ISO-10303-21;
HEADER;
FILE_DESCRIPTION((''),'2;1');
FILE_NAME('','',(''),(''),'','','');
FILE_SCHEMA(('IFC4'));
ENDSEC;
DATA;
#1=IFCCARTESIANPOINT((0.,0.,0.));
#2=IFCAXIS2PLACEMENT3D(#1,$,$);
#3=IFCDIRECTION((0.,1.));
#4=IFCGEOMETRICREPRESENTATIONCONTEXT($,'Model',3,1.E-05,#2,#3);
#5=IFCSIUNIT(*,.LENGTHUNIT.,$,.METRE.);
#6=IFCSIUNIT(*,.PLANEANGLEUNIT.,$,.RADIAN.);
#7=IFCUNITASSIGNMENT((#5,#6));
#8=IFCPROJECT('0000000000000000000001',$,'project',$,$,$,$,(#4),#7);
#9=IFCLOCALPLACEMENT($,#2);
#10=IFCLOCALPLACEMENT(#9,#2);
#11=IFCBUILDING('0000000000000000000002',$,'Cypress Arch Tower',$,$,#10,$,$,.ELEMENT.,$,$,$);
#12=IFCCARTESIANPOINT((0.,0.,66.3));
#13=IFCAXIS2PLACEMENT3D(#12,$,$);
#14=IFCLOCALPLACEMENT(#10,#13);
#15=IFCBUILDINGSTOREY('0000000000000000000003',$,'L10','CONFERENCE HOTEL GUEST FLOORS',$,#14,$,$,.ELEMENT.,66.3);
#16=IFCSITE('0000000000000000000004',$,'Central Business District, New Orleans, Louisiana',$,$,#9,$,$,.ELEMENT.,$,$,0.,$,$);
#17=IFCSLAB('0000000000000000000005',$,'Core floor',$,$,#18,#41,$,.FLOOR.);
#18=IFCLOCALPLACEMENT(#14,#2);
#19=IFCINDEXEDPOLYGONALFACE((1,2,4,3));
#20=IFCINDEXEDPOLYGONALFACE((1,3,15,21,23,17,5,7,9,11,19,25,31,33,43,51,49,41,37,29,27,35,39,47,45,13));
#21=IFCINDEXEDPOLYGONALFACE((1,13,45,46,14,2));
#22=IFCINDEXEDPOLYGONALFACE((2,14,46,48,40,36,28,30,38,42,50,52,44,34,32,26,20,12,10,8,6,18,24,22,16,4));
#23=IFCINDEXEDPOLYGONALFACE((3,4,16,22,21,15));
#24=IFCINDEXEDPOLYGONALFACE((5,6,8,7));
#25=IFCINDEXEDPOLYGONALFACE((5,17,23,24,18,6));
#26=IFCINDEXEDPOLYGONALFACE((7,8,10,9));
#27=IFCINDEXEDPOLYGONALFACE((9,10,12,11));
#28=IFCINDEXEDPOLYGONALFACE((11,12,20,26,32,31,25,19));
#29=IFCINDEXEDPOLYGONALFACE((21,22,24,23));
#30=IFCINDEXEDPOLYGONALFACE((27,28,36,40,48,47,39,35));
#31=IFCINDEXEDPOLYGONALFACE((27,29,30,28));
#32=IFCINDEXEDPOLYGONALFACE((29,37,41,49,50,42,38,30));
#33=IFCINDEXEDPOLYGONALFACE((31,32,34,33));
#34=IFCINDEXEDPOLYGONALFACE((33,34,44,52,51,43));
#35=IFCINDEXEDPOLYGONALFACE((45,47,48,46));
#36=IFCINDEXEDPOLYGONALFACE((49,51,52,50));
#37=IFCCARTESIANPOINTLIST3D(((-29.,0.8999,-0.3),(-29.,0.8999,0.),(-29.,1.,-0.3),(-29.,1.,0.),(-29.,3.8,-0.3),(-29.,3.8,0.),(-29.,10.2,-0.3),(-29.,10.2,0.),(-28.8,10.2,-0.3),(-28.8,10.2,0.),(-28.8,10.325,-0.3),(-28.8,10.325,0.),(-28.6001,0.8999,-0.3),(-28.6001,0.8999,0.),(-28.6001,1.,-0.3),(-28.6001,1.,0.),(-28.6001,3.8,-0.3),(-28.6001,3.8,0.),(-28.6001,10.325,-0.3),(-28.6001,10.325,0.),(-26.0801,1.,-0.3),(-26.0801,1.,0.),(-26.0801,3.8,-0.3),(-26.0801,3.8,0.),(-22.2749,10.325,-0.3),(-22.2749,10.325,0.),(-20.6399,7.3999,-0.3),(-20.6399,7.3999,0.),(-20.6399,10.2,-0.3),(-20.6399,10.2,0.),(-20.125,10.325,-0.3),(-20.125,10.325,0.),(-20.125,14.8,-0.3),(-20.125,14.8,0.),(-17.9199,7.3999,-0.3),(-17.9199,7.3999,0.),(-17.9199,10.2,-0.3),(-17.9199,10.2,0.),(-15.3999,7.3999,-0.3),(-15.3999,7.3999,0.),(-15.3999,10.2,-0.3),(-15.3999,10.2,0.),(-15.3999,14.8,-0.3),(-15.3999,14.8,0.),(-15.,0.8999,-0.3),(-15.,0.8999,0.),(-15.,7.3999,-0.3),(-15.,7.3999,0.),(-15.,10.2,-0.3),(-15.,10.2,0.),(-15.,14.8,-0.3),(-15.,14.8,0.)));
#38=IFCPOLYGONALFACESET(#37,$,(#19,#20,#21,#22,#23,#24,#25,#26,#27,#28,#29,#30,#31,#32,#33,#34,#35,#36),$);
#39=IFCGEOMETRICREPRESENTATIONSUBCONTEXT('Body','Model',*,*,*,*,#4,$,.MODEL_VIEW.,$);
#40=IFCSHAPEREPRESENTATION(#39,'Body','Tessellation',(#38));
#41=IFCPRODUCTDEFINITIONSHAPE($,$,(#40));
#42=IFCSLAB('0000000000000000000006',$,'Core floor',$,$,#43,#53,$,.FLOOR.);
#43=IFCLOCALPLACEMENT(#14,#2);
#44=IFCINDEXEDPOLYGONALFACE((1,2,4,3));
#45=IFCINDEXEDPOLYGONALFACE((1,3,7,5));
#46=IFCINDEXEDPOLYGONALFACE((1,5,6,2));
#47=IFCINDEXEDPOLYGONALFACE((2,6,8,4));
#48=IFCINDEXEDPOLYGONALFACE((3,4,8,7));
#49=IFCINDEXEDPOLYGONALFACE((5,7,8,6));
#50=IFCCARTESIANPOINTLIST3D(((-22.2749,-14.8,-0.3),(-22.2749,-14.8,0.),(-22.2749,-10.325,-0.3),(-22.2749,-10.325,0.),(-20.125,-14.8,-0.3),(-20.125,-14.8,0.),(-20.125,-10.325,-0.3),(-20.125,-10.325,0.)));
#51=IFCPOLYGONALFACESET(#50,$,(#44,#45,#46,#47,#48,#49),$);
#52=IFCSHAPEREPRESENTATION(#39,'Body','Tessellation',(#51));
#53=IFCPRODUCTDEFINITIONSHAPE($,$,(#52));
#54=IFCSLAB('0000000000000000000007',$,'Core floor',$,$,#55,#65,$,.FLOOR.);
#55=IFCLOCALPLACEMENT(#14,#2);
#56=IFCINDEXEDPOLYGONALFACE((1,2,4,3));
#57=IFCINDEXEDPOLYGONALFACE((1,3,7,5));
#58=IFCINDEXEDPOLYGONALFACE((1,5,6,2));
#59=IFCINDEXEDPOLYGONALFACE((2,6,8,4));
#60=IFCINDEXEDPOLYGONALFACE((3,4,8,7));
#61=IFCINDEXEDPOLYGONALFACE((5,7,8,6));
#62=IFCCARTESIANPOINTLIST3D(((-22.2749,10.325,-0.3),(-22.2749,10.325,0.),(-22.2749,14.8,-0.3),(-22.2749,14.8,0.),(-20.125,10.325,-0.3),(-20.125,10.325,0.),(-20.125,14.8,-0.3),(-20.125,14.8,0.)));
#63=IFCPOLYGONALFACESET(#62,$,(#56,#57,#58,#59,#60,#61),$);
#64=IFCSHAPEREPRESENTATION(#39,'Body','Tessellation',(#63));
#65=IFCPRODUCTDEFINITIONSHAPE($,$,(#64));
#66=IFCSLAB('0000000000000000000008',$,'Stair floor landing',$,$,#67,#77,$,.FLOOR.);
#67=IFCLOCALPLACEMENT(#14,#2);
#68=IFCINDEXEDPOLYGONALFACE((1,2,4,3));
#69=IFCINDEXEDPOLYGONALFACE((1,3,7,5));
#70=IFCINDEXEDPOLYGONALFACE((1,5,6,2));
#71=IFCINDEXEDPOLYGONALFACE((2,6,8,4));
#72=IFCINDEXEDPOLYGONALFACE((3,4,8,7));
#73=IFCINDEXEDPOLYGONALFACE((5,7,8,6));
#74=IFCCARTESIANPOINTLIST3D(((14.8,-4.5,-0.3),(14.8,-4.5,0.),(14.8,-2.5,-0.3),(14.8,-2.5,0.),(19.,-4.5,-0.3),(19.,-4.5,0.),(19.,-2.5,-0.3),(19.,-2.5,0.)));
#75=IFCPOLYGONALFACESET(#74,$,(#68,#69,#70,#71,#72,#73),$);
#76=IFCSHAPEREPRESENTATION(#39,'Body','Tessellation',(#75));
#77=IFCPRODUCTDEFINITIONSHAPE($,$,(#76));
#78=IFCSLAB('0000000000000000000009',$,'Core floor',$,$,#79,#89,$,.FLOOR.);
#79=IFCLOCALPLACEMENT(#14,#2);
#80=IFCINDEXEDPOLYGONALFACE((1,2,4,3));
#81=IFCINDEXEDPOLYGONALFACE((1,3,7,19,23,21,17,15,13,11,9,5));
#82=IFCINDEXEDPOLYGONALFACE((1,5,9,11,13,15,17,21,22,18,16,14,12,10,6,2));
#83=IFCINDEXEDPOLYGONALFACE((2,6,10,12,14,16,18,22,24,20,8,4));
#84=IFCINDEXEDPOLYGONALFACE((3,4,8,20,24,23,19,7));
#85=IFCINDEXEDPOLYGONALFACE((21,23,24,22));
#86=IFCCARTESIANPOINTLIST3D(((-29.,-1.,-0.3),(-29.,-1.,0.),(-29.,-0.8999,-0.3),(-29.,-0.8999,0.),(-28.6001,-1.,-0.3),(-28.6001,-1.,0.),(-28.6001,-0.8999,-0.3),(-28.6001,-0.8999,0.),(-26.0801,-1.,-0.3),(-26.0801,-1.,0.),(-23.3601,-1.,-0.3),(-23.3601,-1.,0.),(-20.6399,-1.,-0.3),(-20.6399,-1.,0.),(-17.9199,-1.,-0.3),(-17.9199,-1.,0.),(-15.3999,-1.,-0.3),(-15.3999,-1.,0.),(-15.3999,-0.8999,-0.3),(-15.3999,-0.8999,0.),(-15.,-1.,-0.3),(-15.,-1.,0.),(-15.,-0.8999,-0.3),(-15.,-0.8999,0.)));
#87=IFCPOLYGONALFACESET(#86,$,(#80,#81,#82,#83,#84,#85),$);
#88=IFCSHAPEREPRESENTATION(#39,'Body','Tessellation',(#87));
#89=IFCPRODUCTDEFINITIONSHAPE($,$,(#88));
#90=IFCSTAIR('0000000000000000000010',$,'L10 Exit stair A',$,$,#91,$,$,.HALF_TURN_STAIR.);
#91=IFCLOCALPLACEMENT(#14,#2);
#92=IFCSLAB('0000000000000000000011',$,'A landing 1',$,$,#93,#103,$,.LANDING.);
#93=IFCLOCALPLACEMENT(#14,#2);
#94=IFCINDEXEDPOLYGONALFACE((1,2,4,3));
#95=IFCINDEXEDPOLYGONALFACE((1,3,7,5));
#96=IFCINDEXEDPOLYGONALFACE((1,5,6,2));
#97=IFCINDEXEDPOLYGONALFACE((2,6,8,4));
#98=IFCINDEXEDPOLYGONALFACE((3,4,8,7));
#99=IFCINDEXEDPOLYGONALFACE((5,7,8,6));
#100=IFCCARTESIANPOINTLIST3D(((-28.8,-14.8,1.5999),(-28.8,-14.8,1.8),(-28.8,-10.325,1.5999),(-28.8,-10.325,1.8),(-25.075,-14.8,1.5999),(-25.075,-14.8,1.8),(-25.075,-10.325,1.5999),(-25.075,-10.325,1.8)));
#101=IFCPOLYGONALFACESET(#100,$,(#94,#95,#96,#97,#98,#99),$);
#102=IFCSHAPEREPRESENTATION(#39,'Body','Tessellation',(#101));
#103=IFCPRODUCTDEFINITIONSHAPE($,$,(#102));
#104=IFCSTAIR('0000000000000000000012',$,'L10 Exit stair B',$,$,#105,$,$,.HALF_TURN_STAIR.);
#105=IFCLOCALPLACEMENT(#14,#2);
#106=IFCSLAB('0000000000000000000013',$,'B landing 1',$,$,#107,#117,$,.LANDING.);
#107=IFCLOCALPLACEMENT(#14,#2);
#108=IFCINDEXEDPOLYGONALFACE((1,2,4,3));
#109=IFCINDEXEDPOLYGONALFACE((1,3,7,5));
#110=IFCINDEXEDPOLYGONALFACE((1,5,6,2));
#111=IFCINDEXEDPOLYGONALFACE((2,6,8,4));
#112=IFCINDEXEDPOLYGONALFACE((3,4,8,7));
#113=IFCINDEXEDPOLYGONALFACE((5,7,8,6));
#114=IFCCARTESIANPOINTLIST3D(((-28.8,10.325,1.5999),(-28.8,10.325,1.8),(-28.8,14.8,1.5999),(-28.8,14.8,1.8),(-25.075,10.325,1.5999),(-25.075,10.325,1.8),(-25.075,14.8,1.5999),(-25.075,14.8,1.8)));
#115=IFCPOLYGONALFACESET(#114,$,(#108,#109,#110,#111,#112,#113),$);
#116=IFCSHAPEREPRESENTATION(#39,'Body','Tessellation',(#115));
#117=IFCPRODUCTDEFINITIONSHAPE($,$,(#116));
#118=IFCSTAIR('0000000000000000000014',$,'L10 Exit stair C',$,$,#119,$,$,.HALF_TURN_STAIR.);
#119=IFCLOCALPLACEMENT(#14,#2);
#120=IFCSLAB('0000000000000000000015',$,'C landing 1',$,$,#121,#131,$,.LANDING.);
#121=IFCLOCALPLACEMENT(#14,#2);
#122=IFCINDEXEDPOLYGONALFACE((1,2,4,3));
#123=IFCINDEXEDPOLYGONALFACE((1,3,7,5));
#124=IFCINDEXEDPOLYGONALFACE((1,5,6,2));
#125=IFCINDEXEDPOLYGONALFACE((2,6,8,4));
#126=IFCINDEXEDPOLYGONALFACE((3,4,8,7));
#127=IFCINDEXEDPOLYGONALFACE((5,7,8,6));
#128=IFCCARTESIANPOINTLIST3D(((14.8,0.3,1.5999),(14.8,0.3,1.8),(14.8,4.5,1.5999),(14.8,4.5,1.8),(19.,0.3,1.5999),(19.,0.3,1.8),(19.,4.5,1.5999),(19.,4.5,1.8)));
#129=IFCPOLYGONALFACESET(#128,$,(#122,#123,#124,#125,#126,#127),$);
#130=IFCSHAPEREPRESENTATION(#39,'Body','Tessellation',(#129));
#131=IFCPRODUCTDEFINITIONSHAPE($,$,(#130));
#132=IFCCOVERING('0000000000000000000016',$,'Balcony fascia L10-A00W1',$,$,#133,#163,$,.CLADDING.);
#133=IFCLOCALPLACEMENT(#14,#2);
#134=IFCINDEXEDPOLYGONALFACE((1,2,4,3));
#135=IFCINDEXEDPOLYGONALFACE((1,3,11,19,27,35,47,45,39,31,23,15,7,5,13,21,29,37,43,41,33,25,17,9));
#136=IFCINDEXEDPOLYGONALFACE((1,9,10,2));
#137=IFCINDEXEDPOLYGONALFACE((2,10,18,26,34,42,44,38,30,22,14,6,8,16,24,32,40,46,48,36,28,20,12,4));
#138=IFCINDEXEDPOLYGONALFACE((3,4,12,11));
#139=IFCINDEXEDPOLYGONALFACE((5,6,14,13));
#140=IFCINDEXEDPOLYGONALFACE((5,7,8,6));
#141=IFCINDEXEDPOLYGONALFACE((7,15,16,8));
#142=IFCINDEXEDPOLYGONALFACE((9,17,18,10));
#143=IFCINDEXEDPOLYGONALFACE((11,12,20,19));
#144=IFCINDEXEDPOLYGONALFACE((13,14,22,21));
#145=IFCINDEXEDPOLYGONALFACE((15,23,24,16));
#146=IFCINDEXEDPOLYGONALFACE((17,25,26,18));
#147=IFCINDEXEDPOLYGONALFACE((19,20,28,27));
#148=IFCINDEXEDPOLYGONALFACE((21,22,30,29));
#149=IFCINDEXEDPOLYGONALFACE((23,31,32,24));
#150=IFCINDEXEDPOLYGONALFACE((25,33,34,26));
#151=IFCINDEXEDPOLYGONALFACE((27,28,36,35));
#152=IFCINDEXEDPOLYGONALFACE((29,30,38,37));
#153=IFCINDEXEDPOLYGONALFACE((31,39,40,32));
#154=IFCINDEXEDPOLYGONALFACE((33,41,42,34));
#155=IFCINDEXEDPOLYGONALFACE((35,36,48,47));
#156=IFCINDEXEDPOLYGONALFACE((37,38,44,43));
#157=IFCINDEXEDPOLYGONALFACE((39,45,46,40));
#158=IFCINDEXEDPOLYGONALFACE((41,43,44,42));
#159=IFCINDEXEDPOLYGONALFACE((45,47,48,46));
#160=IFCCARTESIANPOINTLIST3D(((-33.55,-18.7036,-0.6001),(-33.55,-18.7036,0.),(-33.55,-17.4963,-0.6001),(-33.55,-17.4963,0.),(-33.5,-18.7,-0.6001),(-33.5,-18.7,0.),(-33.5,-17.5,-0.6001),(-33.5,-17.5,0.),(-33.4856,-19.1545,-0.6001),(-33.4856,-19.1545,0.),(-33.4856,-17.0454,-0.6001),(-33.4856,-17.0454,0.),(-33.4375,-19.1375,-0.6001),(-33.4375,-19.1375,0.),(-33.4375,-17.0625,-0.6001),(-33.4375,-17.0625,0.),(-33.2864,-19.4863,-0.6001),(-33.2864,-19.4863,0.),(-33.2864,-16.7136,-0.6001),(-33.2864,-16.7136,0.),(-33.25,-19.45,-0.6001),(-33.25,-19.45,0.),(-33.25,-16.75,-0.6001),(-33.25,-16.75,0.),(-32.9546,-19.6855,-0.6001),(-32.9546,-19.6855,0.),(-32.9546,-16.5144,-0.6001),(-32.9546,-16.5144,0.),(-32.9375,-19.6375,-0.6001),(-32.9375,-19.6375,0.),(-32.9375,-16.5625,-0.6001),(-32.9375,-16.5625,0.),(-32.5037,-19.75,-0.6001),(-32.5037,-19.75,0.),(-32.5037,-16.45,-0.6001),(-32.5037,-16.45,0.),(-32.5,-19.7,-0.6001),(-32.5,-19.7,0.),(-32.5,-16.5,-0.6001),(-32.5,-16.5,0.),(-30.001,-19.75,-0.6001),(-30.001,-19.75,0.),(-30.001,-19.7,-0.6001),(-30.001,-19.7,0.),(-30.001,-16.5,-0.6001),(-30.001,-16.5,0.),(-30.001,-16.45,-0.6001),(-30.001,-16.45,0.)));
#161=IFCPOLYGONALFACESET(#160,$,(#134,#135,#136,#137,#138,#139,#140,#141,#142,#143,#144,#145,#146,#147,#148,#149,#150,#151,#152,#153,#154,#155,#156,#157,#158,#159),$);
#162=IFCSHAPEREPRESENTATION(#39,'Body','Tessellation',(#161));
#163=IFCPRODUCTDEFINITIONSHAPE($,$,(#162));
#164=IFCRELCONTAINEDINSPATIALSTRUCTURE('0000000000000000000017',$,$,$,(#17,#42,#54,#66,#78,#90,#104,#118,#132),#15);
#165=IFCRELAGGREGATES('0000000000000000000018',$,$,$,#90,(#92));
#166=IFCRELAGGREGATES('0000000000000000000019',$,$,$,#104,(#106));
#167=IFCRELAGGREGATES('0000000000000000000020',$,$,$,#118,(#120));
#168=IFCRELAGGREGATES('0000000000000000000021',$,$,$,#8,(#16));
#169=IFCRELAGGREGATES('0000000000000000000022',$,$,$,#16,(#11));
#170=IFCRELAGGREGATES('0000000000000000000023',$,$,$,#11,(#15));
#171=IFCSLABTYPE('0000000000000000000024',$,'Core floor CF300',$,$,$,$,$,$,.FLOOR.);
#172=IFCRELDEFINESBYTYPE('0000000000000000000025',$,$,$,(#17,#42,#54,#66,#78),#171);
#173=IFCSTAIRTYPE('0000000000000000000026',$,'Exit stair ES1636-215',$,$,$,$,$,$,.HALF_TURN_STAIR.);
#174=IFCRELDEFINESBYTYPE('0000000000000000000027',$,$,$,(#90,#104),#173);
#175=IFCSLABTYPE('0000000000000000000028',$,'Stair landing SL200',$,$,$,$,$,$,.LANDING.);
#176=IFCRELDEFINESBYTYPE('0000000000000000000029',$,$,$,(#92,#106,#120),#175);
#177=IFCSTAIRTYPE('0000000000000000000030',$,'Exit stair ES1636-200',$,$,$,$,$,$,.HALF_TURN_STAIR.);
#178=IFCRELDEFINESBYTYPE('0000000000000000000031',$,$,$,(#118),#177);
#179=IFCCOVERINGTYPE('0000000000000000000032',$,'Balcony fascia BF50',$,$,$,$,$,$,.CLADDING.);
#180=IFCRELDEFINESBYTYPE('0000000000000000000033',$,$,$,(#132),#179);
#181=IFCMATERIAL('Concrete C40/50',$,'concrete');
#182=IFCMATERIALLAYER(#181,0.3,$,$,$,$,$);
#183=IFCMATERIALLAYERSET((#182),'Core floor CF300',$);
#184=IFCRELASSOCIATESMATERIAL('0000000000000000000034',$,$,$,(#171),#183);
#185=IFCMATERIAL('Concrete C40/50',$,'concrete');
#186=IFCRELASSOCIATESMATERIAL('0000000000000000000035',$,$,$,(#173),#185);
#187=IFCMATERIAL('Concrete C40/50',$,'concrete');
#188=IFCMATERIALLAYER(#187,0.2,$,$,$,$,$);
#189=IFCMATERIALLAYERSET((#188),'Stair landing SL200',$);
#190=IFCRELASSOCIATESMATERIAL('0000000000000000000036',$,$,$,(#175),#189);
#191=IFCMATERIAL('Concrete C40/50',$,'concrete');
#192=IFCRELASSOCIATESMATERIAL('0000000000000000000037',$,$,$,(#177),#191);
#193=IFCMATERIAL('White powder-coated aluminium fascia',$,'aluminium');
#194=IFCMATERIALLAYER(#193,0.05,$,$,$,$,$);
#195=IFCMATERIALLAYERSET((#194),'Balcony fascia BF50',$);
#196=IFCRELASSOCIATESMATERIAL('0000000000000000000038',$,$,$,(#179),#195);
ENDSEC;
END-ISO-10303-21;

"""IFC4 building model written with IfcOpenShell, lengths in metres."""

from ifc_helpers import new_model, si_unit, direction, frame, origin, place, context, subcontext, project, spatial, polyline, outline, extrude, material, layer, layer_set, type_object, element, aggregate, save


model = new_model("IFC4")

# Units and contexts
model_context = context("Model", 3, precision=1e-05, world=origin(), true_north=direction((0.0, 1.0)))
body_context = subcontext(model_context, "Body", "Model", "MODEL_VIEW")
ifc_project = project(units=[si_unit("LENGTHUNIT", "METRE"), si_unit("PLANEANGLEUNIT", "RADIAN")], contexts=[model_context])

# Site, building, storey
site_placement = place(None, origin())
site = spatial("IfcSite", under=ifc_project, at=site_placement, Name="Central Business District, New Orleans, Louisiana", CompositionType="ELEMENT", RefElevation=0.0)
building_placement = place(site_placement, origin())
building = spatial("IfcBuilding", under=site, at=building_placement, Name="Cypress Arch Tower", CompositionType="ELEMENT")
storey_placement = place(building_placement, frame((0.0, 0.0, 66.3)))
storey = spatial("IfcBuildingStorey", under=building, at=storey_placement, Name="L10", Description="CONFERENCE HOTEL GUEST FLOORS", CompositionType="ELEMENT", Elevation=66.3)

# Slabs
ifc_material_1 = material(Name="Concrete C40/50", Category="concrete")
ifc_layer_1 = layer(ifc_material_1, 0.3)
ifc_layer_set_1 = layer_set([ifc_layer_1], Name="Core floor CF300")
slab_type_1 = type_object("IfcSlabType", Name="Core floor CF300", PredefinedType="FLOOR", material=ifc_layer_set_1)
slab_1_placement = place(storey_placement, frame((0.0, 0.0, -0.3)))
element("IfcSlab", 1, at=slab_1_placement, inside=storey, type_object=slab_type_1, Name="Core floor", PredefinedType="FLOOR", context=body_context, shape_type="SweptSolid", body=[
    extrude(outline(polyline([(-29.0, 3.8), (-29.0, 10.2), (-28.8, 10.2), (-28.8, 10.325), (-28.6001, 10.325), (-22.2749, 10.325), (-20.125, 10.325), (-20.125, 14.8), (-15.3999, 14.8), (-15.0, 14.8), (-15.0, 10.2), (-15.3999, 10.2), (-17.9199, 10.2), (-20.6399, 10.2), (-20.6399, 7.3999), (-17.9199, 7.3999), (-15.3999, 7.3999), (-15.0, 7.3999), (-15.0, 0.8999), (-28.6001, 0.8999), (-29.0, 0.8999), (-29.0, 1.0), (-28.6001, 1.0), (-26.0801, 1.0), (-26.0801, 3.8), (-28.6001, 3.8), (-29.0, 3.8)])), origin(), (0.0, 0.0, 1.0), 0.3),
])
slab_2_placement = place(storey_placement, frame((0.0, 0.0, -0.3)))
element("IfcSlab", 2, at=slab_2_placement, inside=storey, type_object=slab_type_1, Name="Core floor", PredefinedType="FLOOR", context=body_context, shape_type="SweptSolid", body=[
    extrude(outline(polyline([(-22.2749, -10.325), (-22.2749, -14.8), (-20.125, -14.8), (-20.125, -10.325), (-22.2749, -10.325)])), origin(), (0.0, 0.0, 1.0), 0.3),
])
slab_3_placement = place(storey_placement, frame((0.0, 0.0, -0.3)))
element("IfcSlab", 3, at=slab_3_placement, inside=storey, type_object=slab_type_1, Name="Core floor", PredefinedType="FLOOR", context=body_context, shape_type="SweptSolid", body=[
    extrude(outline(polyline([(-20.125, 14.8), (-22.2749, 14.8), (-22.2749, 10.325), (-20.125, 10.325), (-20.125, 14.8)])), origin(), (0.0, 0.0, 1.0), 0.3),
])
slab_4_placement = place(storey_placement, frame((0.0, 0.0, -0.3)))
element("IfcSlab", 4, at=slab_4_placement, inside=storey, type_object=slab_type_1, Name="Stair floor landing", PredefinedType="FLOOR", context=body_context, shape_type="SweptSolid", body=[
    extrude(outline(polyline([(19.0, -4.5), (19.0, -2.5), (14.8, -2.5), (14.8, -4.5), (19.0, -4.5)])), origin(), (0.0, 0.0, 1.0), 0.3),
])
slab_5_placement = place(storey_placement, frame((0.0, 0.0, -0.3)))
element("IfcSlab", 5, at=slab_5_placement, inside=storey, type_object=slab_type_1, Name="Core floor", PredefinedType="FLOOR", context=body_context, shape_type="SweptSolid", body=[
    extrude(outline(polyline([(-20.6399, -1.0), (-23.3601, -1.0), (-26.0801, -1.0), (-28.6001, -1.0), (-29.0, -1.0), (-29.0, -0.8999), (-28.6001, -0.8999), (-15.3999, -0.8999), (-15.0, -0.8999), (-15.0, -1.0), (-15.3999, -1.0), (-17.9199, -1.0), (-20.6399, -1.0)])), origin(), (0.0, 0.0, 1.0), 0.3),
])

# Stairs, slabs
ifc_material_2 = material(Name="Concrete C40/50", Category="concrete")
stair_type_1 = type_object("IfcStairType", Name="Exit stair ES1636-215", PredefinedType="HALF_TURN_STAIR", material=ifc_material_2)
stair_1_placement = place(storey_placement, origin())
stair_1 = element("IfcStair", 6, at=stair_1_placement, inside=storey, type_object=stair_type_1, Name="L10 Exit stair A", PredefinedType="HALF_TURN_STAIR")
ifc_material_3 = material(Name="Concrete C40/50", Category="concrete")
ifc_layer_2 = layer(ifc_material_3, 0.2)
ifc_layer_set_2 = layer_set([ifc_layer_2], Name="Stair landing SL200")
slab_type_2 = type_object("IfcSlabType", Name="Stair landing SL200", PredefinedType="LANDING", material=ifc_layer_set_2)
slab_6_placement = place(storey_placement, frame((0.0, 0.0, 1.5999)))
slab_6 = element("IfcSlab", 7, at=slab_6_placement, type_object=slab_type_2, Name="A landing 1", PredefinedType="LANDING", context=body_context, shape_type="SweptSolid", body=[
    extrude(outline(polyline([(-25.075, -10.325), (-28.8, -10.325), (-28.8, -14.8), (-25.075, -14.8), (-25.075, -10.325)])), origin(), (0.0, 0.0, 1.0), 0.2002),
])
aggregate(stair_1, [slab_6])
stair_2_placement = place(storey_placement, origin())
stair_2 = element("IfcStair", 8, at=stair_2_placement, inside=storey, type_object=stair_type_1, Name="L10 Exit stair B", PredefinedType="HALF_TURN_STAIR")
slab_7_placement = place(storey_placement, frame((0.0, 0.0, 1.5999)))
slab_7 = element("IfcSlab", 9, at=slab_7_placement, type_object=slab_type_2, Name="B landing 1", PredefinedType="LANDING", context=body_context, shape_type="SweptSolid", body=[
    extrude(outline(polyline([(-25.075, 14.8), (-28.8, 14.8), (-28.8, 10.325), (-25.075, 10.325), (-25.075, 14.8)])), origin(), (0.0, 0.0, 1.0), 0.2002),
])
aggregate(stair_2, [slab_7])
ifc_material_4 = material(Name="Concrete C40/50", Category="concrete")
stair_type_2 = type_object("IfcStairType", Name="Exit stair ES1636-200", PredefinedType="HALF_TURN_STAIR", material=ifc_material_4)
stair_3_placement = place(storey_placement, origin())
stair_3 = element("IfcStair", 10, at=stair_3_placement, inside=storey, type_object=stair_type_2, Name="L10 Exit stair C", PredefinedType="HALF_TURN_STAIR")
slab_8_placement = place(storey_placement, frame((0.0, 0.0, 1.5999)))
slab_8 = element("IfcSlab", 11, at=slab_8_placement, type_object=slab_type_2, Name="C landing 1", PredefinedType="LANDING", context=body_context, shape_type="SweptSolid", body=[
    extrude(outline(polyline([(19.0, 0.3), (19.0, 4.5), (14.8, 4.5), (14.8, 0.3), (19.0, 0.3)])), origin(), (0.0, 0.0, 1.0), 0.2002),
])
aggregate(stair_3, [slab_8])

# Covering
ifc_material_5 = material(Name="White powder-coated aluminium fascia", Category="aluminium")
ifc_layer_3 = layer(ifc_material_5, 0.05)
ifc_layer_set_3 = layer_set([ifc_layer_3], Name="Balcony fascia BF50")
covering_type_1 = type_object("IfcCoveringType", Name="Balcony fascia BF50", PredefinedType="CLADDING", material=ifc_layer_set_3)
covering_1_placement = place(storey_placement, frame((0.0, 0.0, -0.6001)))
element("IfcCovering", 12, at=covering_1_placement, inside=storey, type_object=covering_type_1, Name="Balcony fascia L10-A00W1", PredefinedType="CLADDING", context=body_context, shape_type="SweptSolid", body=[
    extrude(outline(polyline([(-32.5037, -19.75), (-32.9546, -19.6855), (-33.2864, -19.4863), (-33.4856, -19.1545), (-33.55, -18.7036), (-33.55, -17.4963), (-33.4856, -17.0454), (-33.2864, -16.7136), (-32.9546, -16.5144), (-32.5037, -16.45), (-30.001, -16.45), (-30.001, -16.5), (-32.5, -16.5), (-32.9375, -16.5625), (-33.25, -16.75), (-33.4375, -17.0625), (-33.5, -17.5), (-33.5, -18.7), (-33.4375, -19.1375), (-33.25, -19.45), (-32.9375, -19.6375), (-32.5, -19.7), (-30.001, -19.7), (-30.001, -19.75), (-32.5037, -19.75)])), origin(), (0.0, 0.0, 1.0), 0.6001),
])

save(model, "model.ifc")
